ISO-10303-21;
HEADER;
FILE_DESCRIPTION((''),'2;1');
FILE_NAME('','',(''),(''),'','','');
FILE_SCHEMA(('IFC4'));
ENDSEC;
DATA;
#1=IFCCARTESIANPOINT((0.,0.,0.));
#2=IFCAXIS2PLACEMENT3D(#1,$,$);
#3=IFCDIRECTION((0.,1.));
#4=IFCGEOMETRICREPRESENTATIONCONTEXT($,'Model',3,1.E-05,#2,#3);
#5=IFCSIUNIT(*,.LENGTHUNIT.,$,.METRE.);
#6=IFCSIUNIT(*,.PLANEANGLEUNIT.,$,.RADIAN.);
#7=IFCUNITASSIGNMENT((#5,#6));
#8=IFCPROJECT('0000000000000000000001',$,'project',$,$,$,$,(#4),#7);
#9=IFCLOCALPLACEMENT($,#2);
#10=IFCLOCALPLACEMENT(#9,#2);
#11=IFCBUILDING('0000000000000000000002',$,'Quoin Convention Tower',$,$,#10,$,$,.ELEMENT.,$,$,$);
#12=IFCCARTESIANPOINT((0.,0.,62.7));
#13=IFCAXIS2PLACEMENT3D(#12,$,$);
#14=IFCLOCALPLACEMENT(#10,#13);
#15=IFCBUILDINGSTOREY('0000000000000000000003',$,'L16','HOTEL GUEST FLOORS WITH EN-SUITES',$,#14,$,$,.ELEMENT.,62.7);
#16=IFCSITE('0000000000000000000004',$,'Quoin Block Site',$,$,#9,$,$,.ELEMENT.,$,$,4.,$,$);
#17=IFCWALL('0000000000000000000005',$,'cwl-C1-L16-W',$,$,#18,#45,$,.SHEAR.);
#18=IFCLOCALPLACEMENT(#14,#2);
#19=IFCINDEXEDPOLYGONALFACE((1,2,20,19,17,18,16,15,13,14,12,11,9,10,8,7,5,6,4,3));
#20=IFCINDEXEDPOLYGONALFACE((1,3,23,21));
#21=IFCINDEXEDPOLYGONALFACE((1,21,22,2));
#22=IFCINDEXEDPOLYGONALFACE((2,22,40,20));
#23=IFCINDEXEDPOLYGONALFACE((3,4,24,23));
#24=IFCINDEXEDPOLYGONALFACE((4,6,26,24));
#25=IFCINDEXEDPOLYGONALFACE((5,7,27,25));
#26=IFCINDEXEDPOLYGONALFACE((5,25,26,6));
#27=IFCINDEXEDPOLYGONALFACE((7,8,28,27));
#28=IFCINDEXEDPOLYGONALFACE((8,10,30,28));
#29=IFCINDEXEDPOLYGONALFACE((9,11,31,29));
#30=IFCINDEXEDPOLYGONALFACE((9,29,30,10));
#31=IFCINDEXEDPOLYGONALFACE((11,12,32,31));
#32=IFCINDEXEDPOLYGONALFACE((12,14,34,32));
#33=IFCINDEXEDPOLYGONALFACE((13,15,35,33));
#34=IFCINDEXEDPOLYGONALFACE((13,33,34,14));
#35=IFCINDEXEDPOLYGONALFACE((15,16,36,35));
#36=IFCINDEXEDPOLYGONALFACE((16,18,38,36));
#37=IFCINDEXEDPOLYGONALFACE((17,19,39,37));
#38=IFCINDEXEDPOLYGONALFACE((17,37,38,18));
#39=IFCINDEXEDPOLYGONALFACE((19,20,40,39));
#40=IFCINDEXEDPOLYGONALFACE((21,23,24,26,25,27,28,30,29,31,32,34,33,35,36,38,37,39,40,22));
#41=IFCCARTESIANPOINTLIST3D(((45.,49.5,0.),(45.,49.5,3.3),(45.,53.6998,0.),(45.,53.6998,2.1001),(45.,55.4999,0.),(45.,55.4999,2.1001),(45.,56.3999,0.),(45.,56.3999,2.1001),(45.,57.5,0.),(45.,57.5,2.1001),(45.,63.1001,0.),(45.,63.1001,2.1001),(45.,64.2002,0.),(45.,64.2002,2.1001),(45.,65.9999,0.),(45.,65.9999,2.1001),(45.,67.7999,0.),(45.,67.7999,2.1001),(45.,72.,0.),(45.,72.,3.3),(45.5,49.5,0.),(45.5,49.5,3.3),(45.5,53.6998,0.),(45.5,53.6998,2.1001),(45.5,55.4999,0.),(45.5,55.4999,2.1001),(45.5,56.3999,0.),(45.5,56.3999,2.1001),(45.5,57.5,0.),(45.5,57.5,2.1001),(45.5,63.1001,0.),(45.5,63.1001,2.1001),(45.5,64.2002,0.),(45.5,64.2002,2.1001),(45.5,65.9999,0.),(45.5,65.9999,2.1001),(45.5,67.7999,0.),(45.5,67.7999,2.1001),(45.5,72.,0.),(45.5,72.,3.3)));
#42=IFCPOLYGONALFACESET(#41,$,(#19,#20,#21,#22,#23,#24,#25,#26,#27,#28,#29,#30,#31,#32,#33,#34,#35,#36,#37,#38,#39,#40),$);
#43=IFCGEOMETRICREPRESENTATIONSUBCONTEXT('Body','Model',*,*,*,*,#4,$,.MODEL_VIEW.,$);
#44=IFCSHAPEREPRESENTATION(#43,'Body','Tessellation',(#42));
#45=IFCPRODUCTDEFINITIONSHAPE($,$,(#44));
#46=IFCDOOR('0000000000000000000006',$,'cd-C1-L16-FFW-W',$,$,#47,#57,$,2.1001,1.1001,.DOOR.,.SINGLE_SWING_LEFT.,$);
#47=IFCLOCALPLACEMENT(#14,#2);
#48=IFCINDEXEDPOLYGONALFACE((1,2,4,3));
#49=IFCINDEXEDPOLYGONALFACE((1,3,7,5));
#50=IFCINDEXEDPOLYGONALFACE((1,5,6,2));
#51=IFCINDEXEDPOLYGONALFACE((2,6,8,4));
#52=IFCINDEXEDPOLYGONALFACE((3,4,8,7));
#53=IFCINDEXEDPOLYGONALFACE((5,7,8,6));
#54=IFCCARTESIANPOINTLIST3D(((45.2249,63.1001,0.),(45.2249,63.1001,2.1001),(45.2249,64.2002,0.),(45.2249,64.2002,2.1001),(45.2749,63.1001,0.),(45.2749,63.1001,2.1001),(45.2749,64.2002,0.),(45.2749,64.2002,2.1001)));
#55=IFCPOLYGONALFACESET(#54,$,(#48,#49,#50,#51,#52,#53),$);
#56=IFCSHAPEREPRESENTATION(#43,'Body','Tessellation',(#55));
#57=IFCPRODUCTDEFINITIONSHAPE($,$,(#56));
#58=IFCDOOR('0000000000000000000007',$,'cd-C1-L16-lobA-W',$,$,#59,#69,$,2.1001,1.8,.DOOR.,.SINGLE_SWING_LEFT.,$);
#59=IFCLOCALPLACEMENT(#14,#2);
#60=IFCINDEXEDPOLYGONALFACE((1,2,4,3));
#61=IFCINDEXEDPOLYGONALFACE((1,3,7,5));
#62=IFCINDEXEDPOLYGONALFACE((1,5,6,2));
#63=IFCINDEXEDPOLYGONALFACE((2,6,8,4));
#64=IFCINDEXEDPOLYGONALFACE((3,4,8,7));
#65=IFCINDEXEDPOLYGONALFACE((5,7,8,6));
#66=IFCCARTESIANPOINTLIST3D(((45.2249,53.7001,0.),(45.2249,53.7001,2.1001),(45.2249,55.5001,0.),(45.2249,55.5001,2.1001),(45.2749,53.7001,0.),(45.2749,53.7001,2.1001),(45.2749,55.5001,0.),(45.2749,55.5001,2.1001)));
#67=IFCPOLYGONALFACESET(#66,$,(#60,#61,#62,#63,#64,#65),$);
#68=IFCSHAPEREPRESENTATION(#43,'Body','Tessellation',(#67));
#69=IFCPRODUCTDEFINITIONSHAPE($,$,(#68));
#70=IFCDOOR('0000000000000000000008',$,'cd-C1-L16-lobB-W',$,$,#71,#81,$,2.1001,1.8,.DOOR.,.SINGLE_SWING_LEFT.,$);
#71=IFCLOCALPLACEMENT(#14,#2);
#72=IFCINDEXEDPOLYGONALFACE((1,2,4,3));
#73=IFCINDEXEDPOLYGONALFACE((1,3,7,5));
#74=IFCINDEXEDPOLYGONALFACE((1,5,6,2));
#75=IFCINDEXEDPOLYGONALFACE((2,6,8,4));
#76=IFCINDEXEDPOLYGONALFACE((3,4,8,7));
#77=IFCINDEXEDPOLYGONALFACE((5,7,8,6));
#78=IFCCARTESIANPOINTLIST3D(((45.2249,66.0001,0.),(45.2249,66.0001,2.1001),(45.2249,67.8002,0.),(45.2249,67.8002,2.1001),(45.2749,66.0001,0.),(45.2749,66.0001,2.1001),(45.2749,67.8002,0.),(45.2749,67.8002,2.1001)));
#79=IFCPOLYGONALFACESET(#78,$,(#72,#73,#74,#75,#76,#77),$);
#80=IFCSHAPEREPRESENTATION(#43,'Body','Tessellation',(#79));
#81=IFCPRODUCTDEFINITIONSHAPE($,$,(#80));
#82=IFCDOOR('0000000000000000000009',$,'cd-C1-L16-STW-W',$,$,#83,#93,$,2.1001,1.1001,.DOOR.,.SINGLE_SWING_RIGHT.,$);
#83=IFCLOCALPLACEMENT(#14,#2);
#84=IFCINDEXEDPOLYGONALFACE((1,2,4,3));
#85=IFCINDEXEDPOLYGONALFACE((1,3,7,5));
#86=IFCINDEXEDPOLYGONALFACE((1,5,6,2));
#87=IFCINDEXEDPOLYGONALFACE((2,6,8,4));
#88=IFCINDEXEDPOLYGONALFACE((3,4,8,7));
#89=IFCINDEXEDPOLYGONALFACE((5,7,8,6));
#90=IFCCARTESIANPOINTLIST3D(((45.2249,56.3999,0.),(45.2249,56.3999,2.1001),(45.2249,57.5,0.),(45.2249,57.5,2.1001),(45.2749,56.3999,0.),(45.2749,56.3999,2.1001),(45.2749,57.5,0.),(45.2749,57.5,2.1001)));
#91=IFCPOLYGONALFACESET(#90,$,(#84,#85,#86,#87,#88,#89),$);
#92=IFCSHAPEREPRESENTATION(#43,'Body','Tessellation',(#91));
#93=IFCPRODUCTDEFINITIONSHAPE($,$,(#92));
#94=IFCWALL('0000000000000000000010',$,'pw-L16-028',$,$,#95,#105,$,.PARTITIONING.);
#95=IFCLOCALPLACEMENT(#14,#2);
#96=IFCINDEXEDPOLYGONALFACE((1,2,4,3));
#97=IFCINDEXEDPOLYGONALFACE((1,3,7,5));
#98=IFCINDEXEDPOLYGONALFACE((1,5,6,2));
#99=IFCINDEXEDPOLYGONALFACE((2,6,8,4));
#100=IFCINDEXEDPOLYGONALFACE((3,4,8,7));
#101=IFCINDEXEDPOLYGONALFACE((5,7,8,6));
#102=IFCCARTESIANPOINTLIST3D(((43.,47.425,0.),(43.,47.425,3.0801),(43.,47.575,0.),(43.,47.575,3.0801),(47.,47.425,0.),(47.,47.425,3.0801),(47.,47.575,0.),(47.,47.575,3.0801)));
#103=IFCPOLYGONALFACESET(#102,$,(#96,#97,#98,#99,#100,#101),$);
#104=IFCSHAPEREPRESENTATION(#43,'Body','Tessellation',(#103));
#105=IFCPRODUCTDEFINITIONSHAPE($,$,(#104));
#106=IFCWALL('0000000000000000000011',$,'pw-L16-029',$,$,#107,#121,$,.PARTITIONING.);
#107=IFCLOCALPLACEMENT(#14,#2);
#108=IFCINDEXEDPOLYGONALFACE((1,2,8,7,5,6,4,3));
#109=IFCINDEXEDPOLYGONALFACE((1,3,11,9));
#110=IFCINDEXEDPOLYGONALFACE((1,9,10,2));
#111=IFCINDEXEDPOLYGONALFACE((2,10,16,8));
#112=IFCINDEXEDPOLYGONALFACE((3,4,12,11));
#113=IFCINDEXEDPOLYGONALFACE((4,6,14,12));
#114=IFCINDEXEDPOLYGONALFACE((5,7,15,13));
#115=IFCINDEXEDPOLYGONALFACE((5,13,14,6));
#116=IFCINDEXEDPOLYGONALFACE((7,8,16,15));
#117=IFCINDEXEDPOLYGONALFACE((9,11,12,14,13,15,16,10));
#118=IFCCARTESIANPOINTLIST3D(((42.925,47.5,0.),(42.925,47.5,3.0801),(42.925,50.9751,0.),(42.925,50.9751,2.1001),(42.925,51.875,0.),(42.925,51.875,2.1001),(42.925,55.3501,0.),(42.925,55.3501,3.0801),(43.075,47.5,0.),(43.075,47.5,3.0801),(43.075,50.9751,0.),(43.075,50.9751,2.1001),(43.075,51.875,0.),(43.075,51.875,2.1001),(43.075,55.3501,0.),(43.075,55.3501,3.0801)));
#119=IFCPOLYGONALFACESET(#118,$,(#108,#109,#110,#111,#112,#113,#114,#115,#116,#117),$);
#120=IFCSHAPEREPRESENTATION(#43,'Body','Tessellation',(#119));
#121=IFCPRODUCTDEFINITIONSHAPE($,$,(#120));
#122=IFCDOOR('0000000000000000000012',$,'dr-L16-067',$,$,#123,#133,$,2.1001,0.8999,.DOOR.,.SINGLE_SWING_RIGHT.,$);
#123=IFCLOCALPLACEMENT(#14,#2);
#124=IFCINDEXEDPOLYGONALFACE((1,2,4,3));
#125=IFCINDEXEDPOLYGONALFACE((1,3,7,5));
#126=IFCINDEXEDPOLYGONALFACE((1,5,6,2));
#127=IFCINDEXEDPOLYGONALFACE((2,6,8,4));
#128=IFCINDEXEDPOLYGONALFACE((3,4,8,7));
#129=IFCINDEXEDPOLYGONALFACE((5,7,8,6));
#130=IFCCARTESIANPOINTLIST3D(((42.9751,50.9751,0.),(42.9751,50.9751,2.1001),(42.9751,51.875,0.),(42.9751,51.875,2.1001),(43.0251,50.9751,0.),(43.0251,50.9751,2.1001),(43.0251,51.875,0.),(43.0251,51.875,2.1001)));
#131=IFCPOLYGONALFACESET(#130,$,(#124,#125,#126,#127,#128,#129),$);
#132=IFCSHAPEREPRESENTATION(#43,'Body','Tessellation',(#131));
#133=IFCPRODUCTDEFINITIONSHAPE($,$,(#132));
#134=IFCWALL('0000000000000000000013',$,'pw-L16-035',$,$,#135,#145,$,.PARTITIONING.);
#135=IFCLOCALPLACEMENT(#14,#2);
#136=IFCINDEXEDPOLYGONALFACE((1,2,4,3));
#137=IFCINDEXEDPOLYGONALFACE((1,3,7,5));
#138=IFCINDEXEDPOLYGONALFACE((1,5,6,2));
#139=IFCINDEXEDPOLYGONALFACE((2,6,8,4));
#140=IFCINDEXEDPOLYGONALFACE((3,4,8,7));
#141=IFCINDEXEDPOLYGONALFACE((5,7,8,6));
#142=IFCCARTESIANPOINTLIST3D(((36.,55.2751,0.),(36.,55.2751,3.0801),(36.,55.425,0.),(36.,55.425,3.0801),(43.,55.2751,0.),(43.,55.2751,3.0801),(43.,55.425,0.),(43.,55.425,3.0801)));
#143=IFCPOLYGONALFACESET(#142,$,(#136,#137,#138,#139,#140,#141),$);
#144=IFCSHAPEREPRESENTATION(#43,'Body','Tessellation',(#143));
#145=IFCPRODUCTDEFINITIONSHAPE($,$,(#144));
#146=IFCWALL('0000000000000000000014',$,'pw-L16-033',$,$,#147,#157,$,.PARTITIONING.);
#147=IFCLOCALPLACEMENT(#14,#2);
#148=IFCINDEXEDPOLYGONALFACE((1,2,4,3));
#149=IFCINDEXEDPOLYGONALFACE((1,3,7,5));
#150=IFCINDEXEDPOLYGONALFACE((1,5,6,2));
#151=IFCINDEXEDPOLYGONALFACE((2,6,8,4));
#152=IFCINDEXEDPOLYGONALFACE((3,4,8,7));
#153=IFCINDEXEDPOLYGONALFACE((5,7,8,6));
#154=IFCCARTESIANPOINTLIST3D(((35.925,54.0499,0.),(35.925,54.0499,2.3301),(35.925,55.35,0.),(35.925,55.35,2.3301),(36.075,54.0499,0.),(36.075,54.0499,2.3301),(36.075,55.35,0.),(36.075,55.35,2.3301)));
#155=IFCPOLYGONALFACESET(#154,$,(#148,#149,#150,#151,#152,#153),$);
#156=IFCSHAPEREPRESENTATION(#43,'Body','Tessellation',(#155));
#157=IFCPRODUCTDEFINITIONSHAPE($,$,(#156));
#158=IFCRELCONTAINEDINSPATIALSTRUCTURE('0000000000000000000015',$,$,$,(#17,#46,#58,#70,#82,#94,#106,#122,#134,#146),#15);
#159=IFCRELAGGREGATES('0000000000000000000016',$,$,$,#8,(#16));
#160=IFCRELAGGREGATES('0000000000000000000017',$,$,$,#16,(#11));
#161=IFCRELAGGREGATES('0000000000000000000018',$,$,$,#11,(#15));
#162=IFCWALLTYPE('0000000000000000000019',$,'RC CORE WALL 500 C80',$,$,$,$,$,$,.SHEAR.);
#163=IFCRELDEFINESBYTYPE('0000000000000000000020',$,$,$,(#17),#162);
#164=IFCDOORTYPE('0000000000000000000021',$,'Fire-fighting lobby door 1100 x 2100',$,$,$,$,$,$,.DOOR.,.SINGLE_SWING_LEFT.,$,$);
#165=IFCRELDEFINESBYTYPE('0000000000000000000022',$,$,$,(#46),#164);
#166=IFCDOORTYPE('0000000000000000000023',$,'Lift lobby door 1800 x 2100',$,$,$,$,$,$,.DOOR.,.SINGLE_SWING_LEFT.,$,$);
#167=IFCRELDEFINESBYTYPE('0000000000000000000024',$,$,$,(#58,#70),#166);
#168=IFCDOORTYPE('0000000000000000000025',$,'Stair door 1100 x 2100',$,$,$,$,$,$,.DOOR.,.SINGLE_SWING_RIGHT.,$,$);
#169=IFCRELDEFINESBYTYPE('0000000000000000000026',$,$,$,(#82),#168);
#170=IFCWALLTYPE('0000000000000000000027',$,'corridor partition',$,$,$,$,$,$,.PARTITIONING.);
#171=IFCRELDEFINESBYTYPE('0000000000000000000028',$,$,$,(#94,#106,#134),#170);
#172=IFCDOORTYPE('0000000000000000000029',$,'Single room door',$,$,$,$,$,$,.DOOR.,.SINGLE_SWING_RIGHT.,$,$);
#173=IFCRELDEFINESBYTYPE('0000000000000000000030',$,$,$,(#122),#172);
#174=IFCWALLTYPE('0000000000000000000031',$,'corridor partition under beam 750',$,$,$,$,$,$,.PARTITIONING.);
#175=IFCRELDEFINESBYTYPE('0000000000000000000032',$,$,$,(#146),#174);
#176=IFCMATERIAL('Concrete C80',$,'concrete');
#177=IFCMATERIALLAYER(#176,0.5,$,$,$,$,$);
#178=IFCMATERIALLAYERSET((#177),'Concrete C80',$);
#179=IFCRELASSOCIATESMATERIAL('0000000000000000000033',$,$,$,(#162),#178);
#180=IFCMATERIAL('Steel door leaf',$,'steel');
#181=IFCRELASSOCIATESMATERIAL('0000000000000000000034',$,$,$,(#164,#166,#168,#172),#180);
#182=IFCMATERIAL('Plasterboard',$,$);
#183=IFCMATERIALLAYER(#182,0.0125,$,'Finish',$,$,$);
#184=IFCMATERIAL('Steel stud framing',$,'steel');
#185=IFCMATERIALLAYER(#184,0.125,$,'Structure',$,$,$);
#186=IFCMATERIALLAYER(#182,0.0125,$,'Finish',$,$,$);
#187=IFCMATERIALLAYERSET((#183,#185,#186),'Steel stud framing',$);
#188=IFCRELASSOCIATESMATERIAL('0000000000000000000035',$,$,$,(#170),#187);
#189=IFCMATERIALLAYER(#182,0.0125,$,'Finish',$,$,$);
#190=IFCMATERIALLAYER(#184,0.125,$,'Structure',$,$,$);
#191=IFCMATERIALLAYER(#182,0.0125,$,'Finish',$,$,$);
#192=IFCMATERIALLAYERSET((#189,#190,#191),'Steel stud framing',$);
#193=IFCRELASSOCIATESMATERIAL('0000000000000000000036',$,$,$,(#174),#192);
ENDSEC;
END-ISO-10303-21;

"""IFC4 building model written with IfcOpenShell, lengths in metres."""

from ifc_helpers import new_model, si_unit, direction, frame, frame_2d, origin, place, context, subcontext, project, spatial, rectangle, extrude, material, layer, layer_set, type_object, element, fill, save


model = new_model("IFC4")

# Units and contexts
model_context = context("Model", 3, precision=1e-05, world=origin(), true_north=direction((0.0, 1.0)))
body_context = subcontext(model_context, "Body", "Model", "MODEL_VIEW")
ifc_project = project(units=[si_unit("LENGTHUNIT", "METRE"), si_unit("PLANEANGLEUNIT", "RADIAN")], contexts=[model_context])

# Site, building, storey
site_placement = place(None, origin())
site = spatial("IfcSite", under=ifc_project, at=site_placement, Name="Quoin Block Site", CompositionType="ELEMENT", RefElevation=4.0)
building_placement = place(site_placement, origin())
building = spatial("IfcBuilding", under=site, at=building_placement, Name="Quoin Convention Tower", CompositionType="ELEMENT")
storey_placement = place(building_placement, frame((0.0, 0.0, 62.7)))
storey = spatial("IfcBuildingStorey", under=building, at=storey_placement, Name="L16", Description="HOTEL GUEST FLOORS WITH EN-SUITES", CompositionType="ELEMENT", Elevation=62.7)

# Shared definitions
ifc_material_1 = material(Name="Concrete C80", Category="concrete")

# Shared definitions
ifc_material_2 = material(Name="Plasterboard")
ifc_material_3 = material(Name="Steel stud framing", Category="steel")
ifc_material_4 = material(Name="Steel door leaf", Category="steel")

# Shared definitions
ifc_layer_1 = layer(ifc_material_1, 0.5)
ifc_layer_set_1 = layer_set([ifc_layer_1], Name="Concrete C80")
wall_type_1 = type_object("IfcWallType", Name="RC CORE WALL 500 C80", PredefinedType="SHEAR", material=ifc_layer_set_1)

# Wall, openings, doors
wall_1_placement = place(storey_placement, frame((45.25, 49.5, 0.0), z_axis=(0.0, 0.0, 1.0), x_axis=(0.0, 1.0, 0.0)))
wall_1 = element("IfcWall", 1, at=wall_1_placement, inside=storey, type_object=wall_type_1, Name="cwl-C1-L16-W", PredefinedType="SHEAR", context=body_context, shape_type="SweptSolid", body=[
    extrude(rectangle(XDim=22.5, YDim=0.5, at=frame_2d((11.25, 0.0))), origin(), (0.0, 0.0, 1.0), 3.3),
])
opening_1_placement = place(wall_1_placement, frame((4.2, 0.0, 0.0)))
opening_1 = element("IfcOpeningElement", 2, at=opening_1_placement, cuts=wall_1, PredefinedType="OPENING", context=body_context, shape_type="SweptSolid", body=[
    extrude(rectangle(XDim=1.8, YDim=2.1001, at=frame_2d((0.8999, 1.05))), frame((0.0, 0.26, 0.0), z_axis=(0.0, -1.0, 0.0), x_axis=(1.0, 0.0, 0.0)), (0.0, 0.0, 1.0), 0.52),
])
opening_2_placement = place(wall_1_placement, frame((6.8999, 0.0, 0.0)))
opening_2 = element("IfcOpeningElement", 3, at=opening_2_placement, cuts=wall_1, PredefinedType="OPENING", context=body_context, shape_type="SweptSolid", body=[
    extrude(rectangle(XDim=1.1001, YDim=2.1001, at=frame_2d((0.55, 1.05))), frame((0.0, 0.26, 0.0), z_axis=(0.0, -1.0, 0.0), x_axis=(1.0, 0.0, 0.0)), (0.0, 0.0, 1.0), 0.52),
])
opening_3_placement = place(wall_1_placement, frame((13.6001, 0.0, 0.0)))
opening_3 = element("IfcOpeningElement", 4, at=opening_3_placement, cuts=wall_1, PredefinedType="OPENING", context=body_context, shape_type="SweptSolid", body=[
    extrude(rectangle(XDim=1.1001, YDim=2.1001, at=frame_2d((0.55, 1.05))), frame((0.0, 0.26, 0.0), z_axis=(0.0, -1.0, 0.0), x_axis=(1.0, 0.0, 0.0)), (0.0, 0.0, 1.0), 0.52),
])
opening_4_placement = place(wall_1_placement, frame((16.5, 0.0, 0.0)))
opening_4 = element("IfcOpeningElement", 5, at=opening_4_placement, cuts=wall_1, PredefinedType="OPENING", context=body_context, shape_type="SweptSolid", body=[
    extrude(rectangle(XDim=1.8, YDim=2.1001, at=frame_2d((0.8999, 1.05))), frame((0.0, 0.26, 0.0), z_axis=(0.0, -1.0, 0.0), x_axis=(1.0, 0.0, 0.0)), (0.0, 0.0, 1.0), 0.52),
])
door_type_1 = type_object("IfcDoorType", Name="Fire-fighting lobby door 1100 x 2100", OperationType="SINGLE_SWING_LEFT", PredefinedType="DOOR", material=ifc_material_4)
door_1_placement = place(opening_3_placement, frame((1.1001, 0.0, 0.0), z_axis=(0.0, 0.0, 1.0), x_axis=(-1.0, 0.0, 0.0)))
door_1 = element("IfcDoor", 6, at=door_1_placement, inside=storey, type_object=door_type_1, Name="cd-C1-L16-FFW-W", OperationType="SINGLE_SWING_LEFT", OverallHeight=2.1001, OverallWidth=1.1001, PredefinedType="DOOR", context=body_context, shape_type="SweptSolid", body=[
    extrude(rectangle(XDim=1.1001, YDim=2.1001, at=frame_2d((0.55, 1.05))), frame((0.0, 0.0249, 0.0), z_axis=(0.0, -1.0, 0.0), x_axis=(1.0, 0.0, 0.0)), (0.0, 0.0, 1.0), 0.05),
])
fill(opening_3, door_1)
door_type_2 = type_object("IfcDoorType", Name="Lift lobby door 1800 x 2100", OperationType="SINGLE_SWING_LEFT", PredefinedType="DOOR", material=ifc_material_4)
door_2_placement = place(opening_1_placement, frame((1.8, 0.0, 0.0), z_axis=(0.0, 0.0, 1.0), x_axis=(-1.0, 0.0, 0.0)))
door_2 = element("IfcDoor", 7, at=door_2_placement, inside=storey, type_object=door_type_2, Name="cd-C1-L16-lobA-W", OperationType="SINGLE_SWING_LEFT", OverallHeight=2.1001, OverallWidth=1.8, PredefinedType="DOOR", context=body_context, shape_type="SweptSolid", body=[
    extrude(rectangle(XDim=1.8, YDim=2.1001, at=frame_2d((0.8999, 1.05))), frame((0.0, 0.0249, 0.0), z_axis=(0.0, -1.0, 0.0), x_axis=(1.0, 0.0, 0.0)), (0.0, 0.0, 1.0), 0.05),
])
fill(opening_1, door_2)
door_3_placement = place(opening_4_placement, frame((1.8, 0.0, 0.0), z_axis=(0.0, 0.0, 1.0), x_axis=(-1.0, 0.0, 0.0)))
door_3 = element("IfcDoor", 8, at=door_3_placement, inside=storey, type_object=door_type_2, Name="cd-C1-L16-lobB-W", OperationType="SINGLE_SWING_LEFT", OverallHeight=2.1001, OverallWidth=1.8, PredefinedType="DOOR", context=body_context, shape_type="SweptSolid", body=[
    extrude(rectangle(XDim=1.8, YDim=2.1001, at=frame_2d((0.8999, 1.05))), frame((0.0, 0.0249, 0.0), z_axis=(0.0, -1.0, 0.0), x_axis=(1.0, 0.0, 0.0)), (0.0, 0.0, 1.0), 0.05),
])
fill(opening_4, door_3)
door_type_3 = type_object("IfcDoorType", Name="Stair door 1100 x 2100", OperationType="SINGLE_SWING_RIGHT", PredefinedType="DOOR", material=ifc_material_4)
door_4_placement = place(opening_2_placement, frame((1.1001, 0.0, 0.0), z_axis=(0.0, 0.0, 1.0), x_axis=(-1.0, 0.0, 0.0)))
door_4 = element("IfcDoor", 9, at=door_4_placement, inside=storey, type_object=door_type_3, Name="cd-C1-L16-STW-W", OperationType="SINGLE_SWING_RIGHT", OverallHeight=2.1001, OverallWidth=1.1001, PredefinedType="DOOR", context=body_context, shape_type="SweptSolid", body=[
    extrude(rectangle(XDim=1.1001, YDim=2.1001, at=frame_2d((0.55, 1.05))), frame((0.0, 0.0249, 0.0), z_axis=(0.0, -1.0, 0.0), x_axis=(1.0, 0.0, 0.0)), (0.0, 0.0, 1.0), 0.05),
])
fill(opening_2, door_4)

# Wall
ifc_layer_2 = layer(ifc_material_2, 0.0125, Name="Finish")
ifc_layer_3 = layer(ifc_material_3, 0.125, Name="Structure")
ifc_layer_4 = layer(ifc_material_2, 0.0125, Name="Finish")
ifc_layer_set_2 = layer_set([ifc_layer_2, ifc_layer_3, ifc_layer_4], Name="Steel stud framing")
wall_type_2 = type_object("IfcWallType", Name="corridor partition", PredefinedType="PARTITIONING", material=ifc_layer_set_2)
wall_2_placement = place(storey_placement, frame((43.0, 47.5, 0.0), z_axis=(0.0, 0.0, 1.0), x_axis=(1.0, 0.0, 0.0)))
element("IfcWall", 10, at=wall_2_placement, inside=storey, type_object=wall_type_2, Name="pw-L16-028", PredefinedType="PARTITIONING", context=body_context, shape_type="SweptSolid", body=[
    extrude(rectangle(XDim=4.0, YDim=0.1499, at=frame_2d((2.0, 0.0))), origin(), (0.0, 0.0, 1.0), 3.0801),
])

# Wall, opening, door
wall_3_placement = place(storey_placement, frame((43.0, 47.5, 0.0), z_axis=(0.0, 0.0, 1.0), x_axis=(0.0, 1.0, 0.0)))
wall_3 = element("IfcWall", 11, at=wall_3_placement, inside=storey, type_object=wall_type_2, Name="pw-L16-029", PredefinedType="PARTITIONING", context=body_context, shape_type="SweptSolid", body=[
    extrude(rectangle(XDim=7.8501, YDim=0.1499, at=frame_2d((3.925, 0.0))), origin(), (0.0, 0.0, 1.0), 3.0801),
])
opening_5_placement = place(wall_3_placement, frame((3.4751, 0.0, 0.0)))
opening_5 = element("IfcOpeningElement", 12, at=opening_5_placement, cuts=wall_3, PredefinedType="OPENING", context=body_context, shape_type="SweptSolid", body=[
    extrude(rectangle(XDim=0.8999, YDim=2.1001, at=frame_2d((0.45, 1.05))), frame((0.0, 0.085, 0.0), z_axis=(0.0, -1.0, 0.0), x_axis=(1.0, 0.0, 0.0)), (0.0, 0.0, 1.0), 0.1699),
])
door_type_4 = type_object("IfcDoorType", Name="Single room door", OperationType="SINGLE_SWING_RIGHT", PredefinedType="DOOR", material=ifc_material_4)
door_5_placement = place(opening_5_placement, origin())
door_5 = element("IfcDoor", 13, at=door_5_placement, inside=storey, type_object=door_type_4, Name="dr-L16-067", OperationType="SINGLE_SWING_RIGHT", OverallHeight=2.1001, OverallWidth=0.8999, PredefinedType="DOOR", context=body_context, shape_type="SweptSolid", body=[
    extrude(rectangle(XDim=0.8999, YDim=2.1001, at=frame_2d((0.45, 1.05))), frame((0.0, 0.0249, 0.0), z_axis=(0.0, -1.0, 0.0), x_axis=(1.0, 0.0, 0.0)), (0.0, 0.0, 1.0), 0.05),
])
fill(opening_5, door_5)

# Walls
wall_4_placement = place(storey_placement, frame((36.0, 55.3501, 0.0), z_axis=(0.0, 0.0, 1.0), x_axis=(1.0, 0.0, 0.0)))
element("IfcWall", 14, at=wall_4_placement, inside=storey, type_object=wall_type_2, Name="pw-L16-035", PredefinedType="PARTITIONING", context=body_context, shape_type="SweptSolid", body=[
    extrude(rectangle(XDim=7.0, YDim=0.1499, at=frame_2d((3.5, 0.0))), origin(), (0.0, 0.0, 1.0), 3.0801),
])
ifc_layer_5 = layer(ifc_material_2, 0.0125, Name="Finish")
ifc_layer_6 = layer(ifc_material_3, 0.125, Name="Structure")
ifc_layer_7 = layer(ifc_material_2, 0.0125, Name="Finish")
ifc_layer_set_3 = layer_set([ifc_layer_5, ifc_layer_6, ifc_layer_7], Name="Steel stud framing")
wall_type_3 = type_object("IfcWallType", Name="corridor partition under beam 750", PredefinedType="PARTITIONING", material=ifc_layer_set_3)
wall_5_placement = place(storey_placement, frame((36.0, 54.05, 0.0), z_axis=(0.0, 0.0, 1.0), x_axis=(0.0, 1.0, 0.0)))
element("IfcWall", 15, at=wall_5_placement, inside=storey, type_object=wall_type_3, Name="pw-L16-033", PredefinedType="PARTITIONING", context=body_context, shape_type="SweptSolid", body=[
    extrude(rectangle(XDim=1.3, YDim=0.1499, at=frame_2d((0.6499, 0.0))), origin(), (0.0, 0.0, 1.0), 2.3301),
])

save(model, "model.ifc")
